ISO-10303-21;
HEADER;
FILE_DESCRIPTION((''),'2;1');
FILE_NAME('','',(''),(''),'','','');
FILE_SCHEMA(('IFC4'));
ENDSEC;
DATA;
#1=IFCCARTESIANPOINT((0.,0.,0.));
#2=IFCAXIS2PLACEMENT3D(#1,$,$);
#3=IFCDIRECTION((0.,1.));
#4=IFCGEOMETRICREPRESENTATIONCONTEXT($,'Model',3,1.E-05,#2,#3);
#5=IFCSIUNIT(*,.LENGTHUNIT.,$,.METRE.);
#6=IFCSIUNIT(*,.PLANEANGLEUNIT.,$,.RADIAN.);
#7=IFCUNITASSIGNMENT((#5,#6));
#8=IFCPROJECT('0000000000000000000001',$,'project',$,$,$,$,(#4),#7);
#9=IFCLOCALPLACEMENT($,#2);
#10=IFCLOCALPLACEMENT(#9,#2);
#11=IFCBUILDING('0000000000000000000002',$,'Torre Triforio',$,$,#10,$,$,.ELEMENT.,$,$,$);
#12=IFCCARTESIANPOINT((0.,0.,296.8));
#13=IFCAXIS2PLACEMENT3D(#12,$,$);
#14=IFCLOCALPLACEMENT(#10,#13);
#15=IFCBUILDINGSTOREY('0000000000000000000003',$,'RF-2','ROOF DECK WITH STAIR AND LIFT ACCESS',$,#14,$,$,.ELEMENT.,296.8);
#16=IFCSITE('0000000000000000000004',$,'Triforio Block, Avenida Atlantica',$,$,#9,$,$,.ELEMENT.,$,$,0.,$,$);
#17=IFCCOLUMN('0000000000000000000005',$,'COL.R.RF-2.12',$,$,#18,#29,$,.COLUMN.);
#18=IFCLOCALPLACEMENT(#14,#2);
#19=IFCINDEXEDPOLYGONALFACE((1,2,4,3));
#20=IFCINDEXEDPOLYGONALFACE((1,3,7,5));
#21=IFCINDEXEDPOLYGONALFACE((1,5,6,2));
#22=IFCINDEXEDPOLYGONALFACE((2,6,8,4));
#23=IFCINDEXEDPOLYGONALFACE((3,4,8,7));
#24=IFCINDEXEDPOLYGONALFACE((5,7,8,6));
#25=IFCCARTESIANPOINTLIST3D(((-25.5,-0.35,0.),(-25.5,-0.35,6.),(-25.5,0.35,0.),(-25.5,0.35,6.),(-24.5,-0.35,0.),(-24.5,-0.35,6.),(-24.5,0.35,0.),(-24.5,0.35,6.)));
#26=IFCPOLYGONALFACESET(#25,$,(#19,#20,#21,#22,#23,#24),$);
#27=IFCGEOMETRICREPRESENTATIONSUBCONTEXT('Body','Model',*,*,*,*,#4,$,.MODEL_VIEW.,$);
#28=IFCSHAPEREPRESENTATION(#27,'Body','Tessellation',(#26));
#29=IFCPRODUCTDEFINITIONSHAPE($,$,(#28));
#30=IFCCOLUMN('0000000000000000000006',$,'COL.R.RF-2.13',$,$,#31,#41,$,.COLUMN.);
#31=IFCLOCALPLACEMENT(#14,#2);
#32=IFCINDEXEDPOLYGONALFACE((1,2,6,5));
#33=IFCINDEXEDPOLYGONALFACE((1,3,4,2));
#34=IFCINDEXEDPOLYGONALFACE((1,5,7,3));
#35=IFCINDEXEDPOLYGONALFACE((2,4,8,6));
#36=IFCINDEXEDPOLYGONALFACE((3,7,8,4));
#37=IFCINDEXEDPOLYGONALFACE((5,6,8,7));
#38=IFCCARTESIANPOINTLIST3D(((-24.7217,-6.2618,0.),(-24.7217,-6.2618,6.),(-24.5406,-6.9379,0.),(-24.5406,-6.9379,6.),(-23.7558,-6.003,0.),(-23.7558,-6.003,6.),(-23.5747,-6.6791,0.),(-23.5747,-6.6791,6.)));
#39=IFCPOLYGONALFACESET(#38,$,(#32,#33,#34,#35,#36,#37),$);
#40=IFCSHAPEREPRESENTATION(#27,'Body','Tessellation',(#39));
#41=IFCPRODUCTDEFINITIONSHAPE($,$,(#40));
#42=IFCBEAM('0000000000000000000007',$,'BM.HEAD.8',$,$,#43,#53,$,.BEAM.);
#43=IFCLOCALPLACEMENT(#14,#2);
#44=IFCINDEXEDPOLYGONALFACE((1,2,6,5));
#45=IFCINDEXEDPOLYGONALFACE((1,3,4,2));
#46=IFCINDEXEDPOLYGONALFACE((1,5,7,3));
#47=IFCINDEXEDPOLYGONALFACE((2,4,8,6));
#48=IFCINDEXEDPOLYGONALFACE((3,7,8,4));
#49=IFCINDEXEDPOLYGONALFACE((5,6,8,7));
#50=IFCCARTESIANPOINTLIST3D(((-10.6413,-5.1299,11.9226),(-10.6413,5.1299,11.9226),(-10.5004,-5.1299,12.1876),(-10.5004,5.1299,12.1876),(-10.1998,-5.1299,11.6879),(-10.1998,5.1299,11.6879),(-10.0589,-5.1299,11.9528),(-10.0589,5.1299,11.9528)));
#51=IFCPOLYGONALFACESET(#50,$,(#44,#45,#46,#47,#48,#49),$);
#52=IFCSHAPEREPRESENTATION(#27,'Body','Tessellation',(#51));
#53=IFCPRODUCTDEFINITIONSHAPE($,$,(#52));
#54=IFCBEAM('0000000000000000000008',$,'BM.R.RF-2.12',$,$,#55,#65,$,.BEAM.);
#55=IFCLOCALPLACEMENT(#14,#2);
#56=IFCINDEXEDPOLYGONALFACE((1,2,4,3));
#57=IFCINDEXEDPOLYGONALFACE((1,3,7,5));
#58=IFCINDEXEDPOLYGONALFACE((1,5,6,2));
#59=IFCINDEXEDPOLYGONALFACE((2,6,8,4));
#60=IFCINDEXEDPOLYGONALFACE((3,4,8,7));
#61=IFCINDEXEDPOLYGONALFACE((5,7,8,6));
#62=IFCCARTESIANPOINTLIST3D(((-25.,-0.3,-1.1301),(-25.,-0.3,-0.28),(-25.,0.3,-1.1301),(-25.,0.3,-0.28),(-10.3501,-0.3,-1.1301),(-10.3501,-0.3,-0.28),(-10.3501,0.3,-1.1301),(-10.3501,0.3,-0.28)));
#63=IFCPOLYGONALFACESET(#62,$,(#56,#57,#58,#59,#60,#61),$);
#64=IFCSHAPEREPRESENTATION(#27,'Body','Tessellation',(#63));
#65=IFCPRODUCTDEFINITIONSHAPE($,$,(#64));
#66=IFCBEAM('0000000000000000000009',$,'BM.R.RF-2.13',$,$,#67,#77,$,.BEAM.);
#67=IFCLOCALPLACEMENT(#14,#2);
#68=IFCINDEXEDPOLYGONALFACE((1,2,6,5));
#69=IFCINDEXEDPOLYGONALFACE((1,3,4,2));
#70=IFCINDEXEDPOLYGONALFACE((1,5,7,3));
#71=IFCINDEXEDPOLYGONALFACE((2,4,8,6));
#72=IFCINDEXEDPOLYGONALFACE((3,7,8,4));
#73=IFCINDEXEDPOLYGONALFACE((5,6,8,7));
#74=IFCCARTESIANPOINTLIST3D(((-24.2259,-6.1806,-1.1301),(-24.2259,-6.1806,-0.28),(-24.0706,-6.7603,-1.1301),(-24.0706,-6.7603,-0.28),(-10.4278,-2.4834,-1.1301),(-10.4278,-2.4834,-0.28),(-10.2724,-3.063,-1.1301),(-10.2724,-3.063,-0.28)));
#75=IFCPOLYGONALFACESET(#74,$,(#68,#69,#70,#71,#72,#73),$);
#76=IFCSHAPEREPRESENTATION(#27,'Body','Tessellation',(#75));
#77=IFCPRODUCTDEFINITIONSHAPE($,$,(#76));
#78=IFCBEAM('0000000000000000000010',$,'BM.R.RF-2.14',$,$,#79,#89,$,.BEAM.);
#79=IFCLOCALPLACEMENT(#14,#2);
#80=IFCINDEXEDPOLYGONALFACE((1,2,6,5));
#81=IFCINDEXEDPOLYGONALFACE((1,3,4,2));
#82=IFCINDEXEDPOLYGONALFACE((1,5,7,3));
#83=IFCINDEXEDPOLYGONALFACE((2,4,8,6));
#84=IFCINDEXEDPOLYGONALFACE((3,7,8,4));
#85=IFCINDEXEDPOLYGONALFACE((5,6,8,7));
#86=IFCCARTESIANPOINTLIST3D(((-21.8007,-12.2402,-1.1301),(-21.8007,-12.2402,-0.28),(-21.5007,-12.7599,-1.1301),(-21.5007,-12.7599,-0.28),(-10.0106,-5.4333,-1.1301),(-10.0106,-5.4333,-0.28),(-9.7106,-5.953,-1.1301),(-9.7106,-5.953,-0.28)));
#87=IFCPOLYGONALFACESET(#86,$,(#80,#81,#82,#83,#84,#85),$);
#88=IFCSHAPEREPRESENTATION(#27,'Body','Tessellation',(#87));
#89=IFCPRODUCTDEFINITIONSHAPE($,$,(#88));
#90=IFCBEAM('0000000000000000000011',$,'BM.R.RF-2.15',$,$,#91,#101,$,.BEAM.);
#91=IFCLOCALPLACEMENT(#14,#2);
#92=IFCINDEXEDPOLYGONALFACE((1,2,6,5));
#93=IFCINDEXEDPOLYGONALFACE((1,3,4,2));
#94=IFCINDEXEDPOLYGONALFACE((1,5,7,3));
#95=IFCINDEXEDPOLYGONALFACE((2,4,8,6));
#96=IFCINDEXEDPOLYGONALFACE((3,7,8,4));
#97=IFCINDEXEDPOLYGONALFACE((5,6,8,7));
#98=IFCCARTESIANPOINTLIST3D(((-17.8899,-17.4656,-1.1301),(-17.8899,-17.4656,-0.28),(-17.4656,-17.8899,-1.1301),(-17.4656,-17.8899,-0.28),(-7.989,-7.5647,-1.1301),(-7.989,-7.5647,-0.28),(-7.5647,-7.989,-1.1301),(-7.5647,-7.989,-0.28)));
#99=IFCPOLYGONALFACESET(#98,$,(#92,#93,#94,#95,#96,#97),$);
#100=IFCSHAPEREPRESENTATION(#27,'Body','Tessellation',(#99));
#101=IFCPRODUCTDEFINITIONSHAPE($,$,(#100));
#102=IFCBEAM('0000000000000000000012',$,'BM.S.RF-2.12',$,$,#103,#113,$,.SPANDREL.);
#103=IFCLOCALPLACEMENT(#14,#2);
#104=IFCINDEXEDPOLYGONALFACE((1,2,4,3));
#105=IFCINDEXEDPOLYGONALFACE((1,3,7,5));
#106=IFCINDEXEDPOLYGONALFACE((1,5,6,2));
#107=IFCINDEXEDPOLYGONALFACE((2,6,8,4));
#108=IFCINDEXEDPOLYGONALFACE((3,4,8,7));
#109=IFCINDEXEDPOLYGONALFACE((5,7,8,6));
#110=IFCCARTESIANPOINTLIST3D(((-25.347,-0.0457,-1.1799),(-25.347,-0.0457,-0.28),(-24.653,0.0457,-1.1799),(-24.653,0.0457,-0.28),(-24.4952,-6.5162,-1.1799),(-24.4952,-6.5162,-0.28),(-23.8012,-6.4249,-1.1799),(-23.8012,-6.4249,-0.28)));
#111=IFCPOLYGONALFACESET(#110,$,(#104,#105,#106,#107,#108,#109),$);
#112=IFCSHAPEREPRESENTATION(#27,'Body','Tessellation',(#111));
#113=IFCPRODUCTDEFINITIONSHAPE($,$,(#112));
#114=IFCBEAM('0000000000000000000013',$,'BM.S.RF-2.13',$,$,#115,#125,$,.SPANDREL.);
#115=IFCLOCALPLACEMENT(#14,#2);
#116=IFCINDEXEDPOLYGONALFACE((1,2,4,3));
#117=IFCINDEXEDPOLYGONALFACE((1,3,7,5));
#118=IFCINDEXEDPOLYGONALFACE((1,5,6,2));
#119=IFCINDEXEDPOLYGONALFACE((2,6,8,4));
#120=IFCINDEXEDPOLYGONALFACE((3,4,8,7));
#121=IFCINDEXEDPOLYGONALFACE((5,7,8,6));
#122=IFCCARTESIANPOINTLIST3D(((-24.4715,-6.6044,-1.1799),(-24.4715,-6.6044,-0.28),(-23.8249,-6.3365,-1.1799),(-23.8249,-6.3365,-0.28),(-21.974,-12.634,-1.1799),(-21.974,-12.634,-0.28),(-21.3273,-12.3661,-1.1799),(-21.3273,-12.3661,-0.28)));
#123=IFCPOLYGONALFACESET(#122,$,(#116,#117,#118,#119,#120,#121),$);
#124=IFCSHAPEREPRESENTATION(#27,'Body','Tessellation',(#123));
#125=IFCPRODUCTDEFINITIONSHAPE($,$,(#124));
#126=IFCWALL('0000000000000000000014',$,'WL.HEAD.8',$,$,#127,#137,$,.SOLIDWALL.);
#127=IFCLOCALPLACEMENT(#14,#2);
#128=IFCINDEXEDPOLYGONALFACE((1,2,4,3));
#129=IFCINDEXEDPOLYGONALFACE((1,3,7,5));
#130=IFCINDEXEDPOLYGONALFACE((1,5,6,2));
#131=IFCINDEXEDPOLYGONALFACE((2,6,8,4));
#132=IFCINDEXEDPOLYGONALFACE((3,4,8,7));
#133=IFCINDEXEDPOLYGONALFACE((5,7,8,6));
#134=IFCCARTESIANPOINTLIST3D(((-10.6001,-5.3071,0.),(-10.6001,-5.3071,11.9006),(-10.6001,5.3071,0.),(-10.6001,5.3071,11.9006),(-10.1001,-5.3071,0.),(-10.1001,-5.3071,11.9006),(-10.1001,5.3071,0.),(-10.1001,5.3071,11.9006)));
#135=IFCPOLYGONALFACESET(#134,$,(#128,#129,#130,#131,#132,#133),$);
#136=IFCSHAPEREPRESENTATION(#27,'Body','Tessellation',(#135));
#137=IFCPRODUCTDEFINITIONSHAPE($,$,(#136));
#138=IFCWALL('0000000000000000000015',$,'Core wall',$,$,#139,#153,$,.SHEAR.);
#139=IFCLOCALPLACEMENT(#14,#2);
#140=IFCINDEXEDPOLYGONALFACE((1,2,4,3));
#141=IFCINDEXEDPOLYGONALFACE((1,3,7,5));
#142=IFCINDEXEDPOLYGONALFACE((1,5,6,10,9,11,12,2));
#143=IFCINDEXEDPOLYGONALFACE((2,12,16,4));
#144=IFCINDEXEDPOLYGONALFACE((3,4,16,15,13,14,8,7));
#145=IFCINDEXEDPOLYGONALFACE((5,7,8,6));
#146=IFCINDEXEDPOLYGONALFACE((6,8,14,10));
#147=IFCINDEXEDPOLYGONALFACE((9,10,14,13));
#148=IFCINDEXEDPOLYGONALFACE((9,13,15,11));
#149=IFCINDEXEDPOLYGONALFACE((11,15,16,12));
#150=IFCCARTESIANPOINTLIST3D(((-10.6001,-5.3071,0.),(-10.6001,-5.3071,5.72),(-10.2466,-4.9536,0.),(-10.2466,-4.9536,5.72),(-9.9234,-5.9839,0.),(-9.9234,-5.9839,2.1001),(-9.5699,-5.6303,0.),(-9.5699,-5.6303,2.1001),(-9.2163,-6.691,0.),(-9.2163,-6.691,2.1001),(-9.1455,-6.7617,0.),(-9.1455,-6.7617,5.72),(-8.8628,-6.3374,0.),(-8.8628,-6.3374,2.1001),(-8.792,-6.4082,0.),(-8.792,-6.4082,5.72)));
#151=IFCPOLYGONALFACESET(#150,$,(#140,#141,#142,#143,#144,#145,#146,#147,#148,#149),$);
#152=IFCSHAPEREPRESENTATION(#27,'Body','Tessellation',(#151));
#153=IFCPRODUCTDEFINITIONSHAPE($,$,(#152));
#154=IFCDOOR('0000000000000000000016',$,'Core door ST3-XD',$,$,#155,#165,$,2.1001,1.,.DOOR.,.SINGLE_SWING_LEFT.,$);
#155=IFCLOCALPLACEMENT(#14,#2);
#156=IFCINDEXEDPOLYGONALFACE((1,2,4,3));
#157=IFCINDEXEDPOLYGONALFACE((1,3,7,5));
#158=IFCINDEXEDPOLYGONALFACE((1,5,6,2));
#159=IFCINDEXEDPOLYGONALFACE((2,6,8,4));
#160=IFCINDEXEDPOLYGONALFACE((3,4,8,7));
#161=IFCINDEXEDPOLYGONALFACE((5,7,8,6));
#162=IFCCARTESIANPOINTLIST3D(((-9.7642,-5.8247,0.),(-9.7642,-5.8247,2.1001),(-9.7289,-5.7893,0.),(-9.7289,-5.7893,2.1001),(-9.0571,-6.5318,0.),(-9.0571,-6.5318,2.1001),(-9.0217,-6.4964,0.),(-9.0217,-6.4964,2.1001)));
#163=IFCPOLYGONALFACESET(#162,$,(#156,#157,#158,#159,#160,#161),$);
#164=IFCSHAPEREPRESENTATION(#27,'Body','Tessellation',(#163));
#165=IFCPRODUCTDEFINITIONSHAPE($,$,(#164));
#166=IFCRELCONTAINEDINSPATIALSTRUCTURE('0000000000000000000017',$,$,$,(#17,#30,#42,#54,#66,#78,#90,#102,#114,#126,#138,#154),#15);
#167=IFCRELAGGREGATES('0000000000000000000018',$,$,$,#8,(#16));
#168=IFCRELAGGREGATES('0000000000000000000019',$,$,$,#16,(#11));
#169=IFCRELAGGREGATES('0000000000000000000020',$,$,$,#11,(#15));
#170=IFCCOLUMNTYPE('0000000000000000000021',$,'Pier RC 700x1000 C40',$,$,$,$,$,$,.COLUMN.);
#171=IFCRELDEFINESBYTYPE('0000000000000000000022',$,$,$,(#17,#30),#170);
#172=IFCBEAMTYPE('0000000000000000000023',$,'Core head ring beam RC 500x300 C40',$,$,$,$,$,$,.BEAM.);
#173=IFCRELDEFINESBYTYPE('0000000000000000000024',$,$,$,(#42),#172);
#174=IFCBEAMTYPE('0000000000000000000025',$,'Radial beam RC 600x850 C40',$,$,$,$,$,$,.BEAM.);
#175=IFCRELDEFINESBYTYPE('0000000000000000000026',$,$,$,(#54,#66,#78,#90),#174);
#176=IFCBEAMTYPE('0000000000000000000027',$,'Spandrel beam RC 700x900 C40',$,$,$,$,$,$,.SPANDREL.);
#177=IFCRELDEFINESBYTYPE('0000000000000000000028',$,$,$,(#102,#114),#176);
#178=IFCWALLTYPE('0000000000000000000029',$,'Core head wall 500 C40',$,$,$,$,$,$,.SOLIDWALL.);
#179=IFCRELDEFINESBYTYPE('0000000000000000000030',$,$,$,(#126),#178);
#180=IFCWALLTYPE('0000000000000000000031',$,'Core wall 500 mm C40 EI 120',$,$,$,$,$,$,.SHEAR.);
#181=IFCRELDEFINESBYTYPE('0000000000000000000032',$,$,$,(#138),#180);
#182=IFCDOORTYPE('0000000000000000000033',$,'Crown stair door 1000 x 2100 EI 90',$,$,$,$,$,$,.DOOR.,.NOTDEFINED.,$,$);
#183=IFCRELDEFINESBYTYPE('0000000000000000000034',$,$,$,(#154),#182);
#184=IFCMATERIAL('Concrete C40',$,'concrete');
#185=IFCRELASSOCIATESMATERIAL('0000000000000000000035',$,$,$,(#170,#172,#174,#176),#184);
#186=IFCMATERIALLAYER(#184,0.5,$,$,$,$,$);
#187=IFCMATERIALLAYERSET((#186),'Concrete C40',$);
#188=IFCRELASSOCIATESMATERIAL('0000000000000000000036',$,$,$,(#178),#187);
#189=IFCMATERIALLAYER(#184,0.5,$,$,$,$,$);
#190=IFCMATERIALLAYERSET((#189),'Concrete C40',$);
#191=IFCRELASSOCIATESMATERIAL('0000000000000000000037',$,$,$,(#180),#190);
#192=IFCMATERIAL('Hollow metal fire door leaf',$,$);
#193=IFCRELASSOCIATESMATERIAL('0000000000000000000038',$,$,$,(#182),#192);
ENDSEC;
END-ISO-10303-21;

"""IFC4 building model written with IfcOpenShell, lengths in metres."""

from ifc_helpers import new_model, si_unit, direction, frame, frame_2d, origin, origin_2d, place, context, subcontext, project, spatial, polyline, rectangle, outline, extrude, material, layer, layer_set, material_profile, profile_set, type_object, element, fill, save


model = new_model("IFC4")

# Units and contexts
model_context = context("Model", 3, precision=1e-05, world=origin(), true_north=direction((0.0, 1.0)))
body_context = subcontext(model_context, "Body", "Model", "MODEL_VIEW")
ifc_project = project(units=[si_unit("LENGTHUNIT", "METRE"), si_unit("PLANEANGLEUNIT", "RADIAN")], contexts=[model_context])

# Site, building, storey
site_placement = place(None, origin())
site = spatial("IfcSite", under=ifc_project, at=site_placement, Name="Triforio Block, Avenida Atlantica", CompositionType="ELEMENT", RefElevation=0.0)
building_placement = place(site_placement, origin())
building = spatial("IfcBuilding", under=site, at=building_placement, Name="Torre Triforio", CompositionType="ELEMENT")
storey_placement = place(building_placement, frame((0.0, 0.0, 296.8)))
storey = spatial("IfcBuildingStorey", under=building, at=storey_placement, Name="RF-2", Description="ROOF DECK WITH STAIR AND LIFT ACCESS", CompositionType="ELEMENT", Elevation=296.8)

# Columns
ifc_material_1 = material(Name="Concrete C40", Category="concrete")
ifc_material_profile_1 = material_profile(ifc_material_1, rectangle(XDim=0.7, YDim=1.0, at=origin_2d()), Name="RC 700x1000")
ifc_profile_set_1 = profile_set([ifc_material_profile_1], Name="Concrete C40")
column_type = type_object("IfcColumnType", Name="Pier RC 700x1000 C40", PredefinedType="COLUMN", material=ifc_profile_set_1)
for number, where, z_axis, x_axis, name in (
    (1, (-25.0, 0.0, 0.0), (0.0, 0.0, 1.0), (0.0, -1.0, 0.0), "COL.R.RF-2.12"),
    (2, (-24.1482, -6.4705, 0.0), (0.0, 0.0, 1.0), (0.258819, -0.965926, 0.0), "COL.R.RF-2.13"),
):
    element("IfcColumn", number, at=place(storey_placement, frame(where, z_axis=z_axis, x_axis=x_axis)), inside=storey, type_object=column_type, Name=name, PredefinedType="COLUMN", context=body_context, shape_type="SweptSolid", body=[
        extrude(rectangle(XDim=0.7, YDim=1.0, at=origin_2d()), origin(), (0.0, 0.0, 1.0), 6.0),
    ])

# Beams
ifc_material_profile_2 = material_profile(ifc_material_1, rectangle(XDim=0.5, YDim=0.3, at=origin_2d()), Name="RC 500x300")
ifc_profile_set_2 = profile_set([ifc_material_profile_2], Name="Concrete C40")
beam_type_1 = type_object("IfcBeamType", Name="Core head ring beam RC 500x300 C40", PredefinedType="BEAM", material=ifc_profile_set_2)
beam_1_placement = place(storey_placement, frame((-10.3501, -5.1299, 11.9377), z_axis=(0.0, 1.0, 0.0), x_axis=(-0.882948, 0.0, 0.469472)))
element("IfcBeam", 3, at=beam_1_placement, inside=storey, type_object=beam_type_1, Name="BM.HEAD.8", PredefinedType="BEAM", context=body_context, shape_type="SweptSolid", body=[
    extrude(rectangle(XDim=0.5, YDim=0.3, at=origin_2d()), origin(), (0.0, 0.0, 1.0), 10.2598),
])
ifc_material_profile_3 = material_profile(ifc_material_1, rectangle(XDim=0.6001, YDim=0.8501, at=origin_2d()), Name="RC 600x850")
ifc_profile_set_3 = profile_set([ifc_material_profile_3], Name="Concrete C40")
beam_type_2 = type_object("IfcBeamType", Name="Radial beam RC 600x850 C40", PredefinedType="BEAM", material=ifc_profile_set_3)
beam_2_placement = place(storey_placement, frame((-10.3501, 0.0, -0.7051), z_axis=(-1.0, 0.0, 0.0), x_axis=(0.0, -1.0, 0.0)))
element("IfcBeam", 4, at=beam_2_placement, inside=storey, type_object=beam_type_2, Name="BM.R.RF-2.12", PredefinedType="BEAM", context=body_context, shape_type="SweptSolid", body=[
    extrude(rectangle(XDim=0.6001, YDim=0.8501, at=origin_2d()), origin(), (0.0, 0.0, 1.0), 14.6499),
])
beam_3_placement = place(storey_placement, frame((-10.3501, -2.7732, -0.7051), z_axis=(-0.965924, -0.258824, 0.0), x_axis=(0.258824, -0.965924, 0.0)))
element("IfcBeam", 5, at=beam_3_placement, inside=storey, type_object=beam_type_2, Name="BM.R.RF-2.13", PredefinedType="BEAM", context=body_context, shape_type="SweptSolid", body=[
    extrude(rectangle(XDim=0.6001, YDim=0.8501, at=origin_2d()), origin(), (0.0, 0.0, 1.0), 14.2849),
])
beam_4_placement = place(storey_placement, frame((-9.8606, -5.6931, -0.7051), z_axis=(-0.866029, -0.499995, 0.0), x_axis=(0.499995, -0.866029, 0.0)))
element("IfcBeam", 6, at=beam_4_placement, inside=storey, type_object=beam_type_2, Name="BM.R.RF-2.14", PredefinedType="BEAM", context=body_context, shape_type="SweptSolid", body=[
    extrude(rectangle(XDim=0.6001, YDim=0.8501, at=origin_2d()), origin(), (0.0, 0.0, 1.0), 13.614),
])
beam_5_placement = place(storey_placement, frame((-7.7769, -7.7769, -0.7051), z_axis=(-0.707107, -0.707107, 0.0), x_axis=(0.707107, -0.707107, 0.0)))
element("IfcBeam", 7, at=beam_5_placement, inside=storey, type_object=beam_type_2, Name="BM.R.RF-2.15", PredefinedType="BEAM", context=body_context, shape_type="SweptSolid", body=[
    extrude(rectangle(XDim=0.6001, YDim=0.8501, at=origin_2d()), origin(), (0.0, 0.0, 1.0), 14.002),
])
ifc_material_profile_4 = material_profile(ifc_material_1, rectangle(XDim=0.7, YDim=0.8999, at=origin_2d()), Name="RC 700x900")
ifc_profile_set_4 = profile_set([ifc_material_profile_4], Name="Concrete C40")
beam_type_3 = type_object("IfcBeamType", Name="Spandrel beam RC 700x900 C40", PredefinedType="SPANDREL", material=ifc_profile_set_4)
for number, where, z_axis, x_axis, name in (
    (8, (-25.0, 0.0, -0.73), (0.130519, -0.991446, 0.0), (0.991446, 0.130519, 0.0), "BM.S.RF-2.12"),
    (9, (-24.1482, -6.4705, -0.73), (0.382689, -0.923877, 0.0), (0.923877, 0.382689, 0.0), "BM.S.RF-2.13"),
):
    element("IfcBeam", number, at=place(storey_placement, frame(where, z_axis=z_axis, x_axis=x_axis)), inside=storey, type_object=beam_type_3, Name=name, PredefinedType="SPANDREL", context=body_context, shape_type="SweptSolid", body=[
        extrude(rectangle(XDim=0.7, YDim=0.8999, at=origin_2d()), origin(), (0.0, 0.0, 1.0), 6.5264),
    ])

# Wall
ifc_layer_1 = layer(ifc_material_1, 0.5)
ifc_layer_set_1 = layer_set([ifc_layer_1], Name="Concrete C40")
wall_type_1 = type_object("IfcWallType", Name="Core head wall 500 C40", PredefinedType="SOLIDWALL", material=ifc_layer_set_1)
wall_1_placement = place(storey_placement, frame((-10.3501, -5.3071, 0.0), z_axis=(0.0, 0.0, 1.0), x_axis=(0.0, 1.0, 0.0)))
element("IfcWall", 10, at=wall_1_placement, inside=storey, type_object=wall_type_1, Name="WL.HEAD.8", PredefinedType="SOLIDWALL", context=body_context, shape_type="SweptSolid", body=[
    extrude(outline(polyline([(0.0, 0.0), (10.6143, 0.0), (10.6143, 11.9006), (0.0, 11.9006), (0.0, 0.0)])), frame((0.0, 0.25, 0.0), z_axis=(0.0, -1.0, 0.0), x_axis=(1.0, 0.0, 0.0)), (0.0, 0.0, 1.0), 0.5),
])

# Wall, opening, door
ifc_layer_2 = layer(ifc_material_1, 0.5)
ifc_layer_set_2 = layer_set([ifc_layer_2], Name="Concrete C40")
wall_type_2 = type_object("IfcWallType", Name="Core wall 500 mm C40 EI 120", PredefinedType="SHEAR", material=ifc_layer_set_2)
wall_2_placement = place(storey_placement, frame((-8.9688, -6.585, 0.0), z_axis=(0.0, 0.0, 1.0), x_axis=(-0.707107, 0.707107, 0.0)))
wall_2 = element("IfcWall", 11, at=wall_2_placement, inside=storey, type_object=wall_type_2, Name="Core wall", PredefinedType="SHEAR", context=body_context, shape_type="SweptSolid", body=[
    extrude(rectangle(XDim=2.0571, YDim=0.5, at=frame_2d((1.0286, 0.0))), origin(), (0.0, 0.0, 1.0), 5.72),
])
opening_1_placement = place(wall_2_placement, frame((0.1001, 0.0, 0.0)))
opening_1 = element("IfcOpeningElement", 12, at=opening_1_placement, cuts=wall_2, PredefinedType="OPENING", context=body_context, shape_type="SweptSolid", body=[
    extrude(rectangle(XDim=1.0, YDim=2.1001, at=frame_2d((0.5, 1.05))), frame((0.0, 0.26, 0.0), z_axis=(0.0, -1.0, 0.0), x_axis=(1.0, 0.0, 0.0)), (0.0, 0.0, 1.0), 0.52),
])
ifc_material_2 = material(Name="Hollow metal fire door leaf")
door_type = type_object("IfcDoorType", Name="Crown stair door 1000 x 2100 EI 90", OperationType="NOTDEFINED", PredefinedType="DOOR", material=ifc_material_2)
door_1_placement = place(opening_1_placement, origin())
door_1 = element("IfcDoor", 13, at=door_1_placement, inside=storey, type_object=door_type, Name="Core door ST3-XD", OperationType="SINGLE_SWING_LEFT", OverallHeight=2.1001, OverallWidth=1.0, PredefinedType="DOOR", context=body_context, shape_type="SweptSolid", body=[
    extrude(rectangle(XDim=1.0, YDim=2.1001, at=frame_2d((0.5, 1.05))), frame((0.0, 0.0249, 0.0), z_axis=(0.0, -1.0, 0.0), x_axis=(1.0, 0.0, 0.0)), (0.0, 0.0, 1.0), 0.05),
])
fill(opening_1, door_1)

save(model, "model.ifc")
